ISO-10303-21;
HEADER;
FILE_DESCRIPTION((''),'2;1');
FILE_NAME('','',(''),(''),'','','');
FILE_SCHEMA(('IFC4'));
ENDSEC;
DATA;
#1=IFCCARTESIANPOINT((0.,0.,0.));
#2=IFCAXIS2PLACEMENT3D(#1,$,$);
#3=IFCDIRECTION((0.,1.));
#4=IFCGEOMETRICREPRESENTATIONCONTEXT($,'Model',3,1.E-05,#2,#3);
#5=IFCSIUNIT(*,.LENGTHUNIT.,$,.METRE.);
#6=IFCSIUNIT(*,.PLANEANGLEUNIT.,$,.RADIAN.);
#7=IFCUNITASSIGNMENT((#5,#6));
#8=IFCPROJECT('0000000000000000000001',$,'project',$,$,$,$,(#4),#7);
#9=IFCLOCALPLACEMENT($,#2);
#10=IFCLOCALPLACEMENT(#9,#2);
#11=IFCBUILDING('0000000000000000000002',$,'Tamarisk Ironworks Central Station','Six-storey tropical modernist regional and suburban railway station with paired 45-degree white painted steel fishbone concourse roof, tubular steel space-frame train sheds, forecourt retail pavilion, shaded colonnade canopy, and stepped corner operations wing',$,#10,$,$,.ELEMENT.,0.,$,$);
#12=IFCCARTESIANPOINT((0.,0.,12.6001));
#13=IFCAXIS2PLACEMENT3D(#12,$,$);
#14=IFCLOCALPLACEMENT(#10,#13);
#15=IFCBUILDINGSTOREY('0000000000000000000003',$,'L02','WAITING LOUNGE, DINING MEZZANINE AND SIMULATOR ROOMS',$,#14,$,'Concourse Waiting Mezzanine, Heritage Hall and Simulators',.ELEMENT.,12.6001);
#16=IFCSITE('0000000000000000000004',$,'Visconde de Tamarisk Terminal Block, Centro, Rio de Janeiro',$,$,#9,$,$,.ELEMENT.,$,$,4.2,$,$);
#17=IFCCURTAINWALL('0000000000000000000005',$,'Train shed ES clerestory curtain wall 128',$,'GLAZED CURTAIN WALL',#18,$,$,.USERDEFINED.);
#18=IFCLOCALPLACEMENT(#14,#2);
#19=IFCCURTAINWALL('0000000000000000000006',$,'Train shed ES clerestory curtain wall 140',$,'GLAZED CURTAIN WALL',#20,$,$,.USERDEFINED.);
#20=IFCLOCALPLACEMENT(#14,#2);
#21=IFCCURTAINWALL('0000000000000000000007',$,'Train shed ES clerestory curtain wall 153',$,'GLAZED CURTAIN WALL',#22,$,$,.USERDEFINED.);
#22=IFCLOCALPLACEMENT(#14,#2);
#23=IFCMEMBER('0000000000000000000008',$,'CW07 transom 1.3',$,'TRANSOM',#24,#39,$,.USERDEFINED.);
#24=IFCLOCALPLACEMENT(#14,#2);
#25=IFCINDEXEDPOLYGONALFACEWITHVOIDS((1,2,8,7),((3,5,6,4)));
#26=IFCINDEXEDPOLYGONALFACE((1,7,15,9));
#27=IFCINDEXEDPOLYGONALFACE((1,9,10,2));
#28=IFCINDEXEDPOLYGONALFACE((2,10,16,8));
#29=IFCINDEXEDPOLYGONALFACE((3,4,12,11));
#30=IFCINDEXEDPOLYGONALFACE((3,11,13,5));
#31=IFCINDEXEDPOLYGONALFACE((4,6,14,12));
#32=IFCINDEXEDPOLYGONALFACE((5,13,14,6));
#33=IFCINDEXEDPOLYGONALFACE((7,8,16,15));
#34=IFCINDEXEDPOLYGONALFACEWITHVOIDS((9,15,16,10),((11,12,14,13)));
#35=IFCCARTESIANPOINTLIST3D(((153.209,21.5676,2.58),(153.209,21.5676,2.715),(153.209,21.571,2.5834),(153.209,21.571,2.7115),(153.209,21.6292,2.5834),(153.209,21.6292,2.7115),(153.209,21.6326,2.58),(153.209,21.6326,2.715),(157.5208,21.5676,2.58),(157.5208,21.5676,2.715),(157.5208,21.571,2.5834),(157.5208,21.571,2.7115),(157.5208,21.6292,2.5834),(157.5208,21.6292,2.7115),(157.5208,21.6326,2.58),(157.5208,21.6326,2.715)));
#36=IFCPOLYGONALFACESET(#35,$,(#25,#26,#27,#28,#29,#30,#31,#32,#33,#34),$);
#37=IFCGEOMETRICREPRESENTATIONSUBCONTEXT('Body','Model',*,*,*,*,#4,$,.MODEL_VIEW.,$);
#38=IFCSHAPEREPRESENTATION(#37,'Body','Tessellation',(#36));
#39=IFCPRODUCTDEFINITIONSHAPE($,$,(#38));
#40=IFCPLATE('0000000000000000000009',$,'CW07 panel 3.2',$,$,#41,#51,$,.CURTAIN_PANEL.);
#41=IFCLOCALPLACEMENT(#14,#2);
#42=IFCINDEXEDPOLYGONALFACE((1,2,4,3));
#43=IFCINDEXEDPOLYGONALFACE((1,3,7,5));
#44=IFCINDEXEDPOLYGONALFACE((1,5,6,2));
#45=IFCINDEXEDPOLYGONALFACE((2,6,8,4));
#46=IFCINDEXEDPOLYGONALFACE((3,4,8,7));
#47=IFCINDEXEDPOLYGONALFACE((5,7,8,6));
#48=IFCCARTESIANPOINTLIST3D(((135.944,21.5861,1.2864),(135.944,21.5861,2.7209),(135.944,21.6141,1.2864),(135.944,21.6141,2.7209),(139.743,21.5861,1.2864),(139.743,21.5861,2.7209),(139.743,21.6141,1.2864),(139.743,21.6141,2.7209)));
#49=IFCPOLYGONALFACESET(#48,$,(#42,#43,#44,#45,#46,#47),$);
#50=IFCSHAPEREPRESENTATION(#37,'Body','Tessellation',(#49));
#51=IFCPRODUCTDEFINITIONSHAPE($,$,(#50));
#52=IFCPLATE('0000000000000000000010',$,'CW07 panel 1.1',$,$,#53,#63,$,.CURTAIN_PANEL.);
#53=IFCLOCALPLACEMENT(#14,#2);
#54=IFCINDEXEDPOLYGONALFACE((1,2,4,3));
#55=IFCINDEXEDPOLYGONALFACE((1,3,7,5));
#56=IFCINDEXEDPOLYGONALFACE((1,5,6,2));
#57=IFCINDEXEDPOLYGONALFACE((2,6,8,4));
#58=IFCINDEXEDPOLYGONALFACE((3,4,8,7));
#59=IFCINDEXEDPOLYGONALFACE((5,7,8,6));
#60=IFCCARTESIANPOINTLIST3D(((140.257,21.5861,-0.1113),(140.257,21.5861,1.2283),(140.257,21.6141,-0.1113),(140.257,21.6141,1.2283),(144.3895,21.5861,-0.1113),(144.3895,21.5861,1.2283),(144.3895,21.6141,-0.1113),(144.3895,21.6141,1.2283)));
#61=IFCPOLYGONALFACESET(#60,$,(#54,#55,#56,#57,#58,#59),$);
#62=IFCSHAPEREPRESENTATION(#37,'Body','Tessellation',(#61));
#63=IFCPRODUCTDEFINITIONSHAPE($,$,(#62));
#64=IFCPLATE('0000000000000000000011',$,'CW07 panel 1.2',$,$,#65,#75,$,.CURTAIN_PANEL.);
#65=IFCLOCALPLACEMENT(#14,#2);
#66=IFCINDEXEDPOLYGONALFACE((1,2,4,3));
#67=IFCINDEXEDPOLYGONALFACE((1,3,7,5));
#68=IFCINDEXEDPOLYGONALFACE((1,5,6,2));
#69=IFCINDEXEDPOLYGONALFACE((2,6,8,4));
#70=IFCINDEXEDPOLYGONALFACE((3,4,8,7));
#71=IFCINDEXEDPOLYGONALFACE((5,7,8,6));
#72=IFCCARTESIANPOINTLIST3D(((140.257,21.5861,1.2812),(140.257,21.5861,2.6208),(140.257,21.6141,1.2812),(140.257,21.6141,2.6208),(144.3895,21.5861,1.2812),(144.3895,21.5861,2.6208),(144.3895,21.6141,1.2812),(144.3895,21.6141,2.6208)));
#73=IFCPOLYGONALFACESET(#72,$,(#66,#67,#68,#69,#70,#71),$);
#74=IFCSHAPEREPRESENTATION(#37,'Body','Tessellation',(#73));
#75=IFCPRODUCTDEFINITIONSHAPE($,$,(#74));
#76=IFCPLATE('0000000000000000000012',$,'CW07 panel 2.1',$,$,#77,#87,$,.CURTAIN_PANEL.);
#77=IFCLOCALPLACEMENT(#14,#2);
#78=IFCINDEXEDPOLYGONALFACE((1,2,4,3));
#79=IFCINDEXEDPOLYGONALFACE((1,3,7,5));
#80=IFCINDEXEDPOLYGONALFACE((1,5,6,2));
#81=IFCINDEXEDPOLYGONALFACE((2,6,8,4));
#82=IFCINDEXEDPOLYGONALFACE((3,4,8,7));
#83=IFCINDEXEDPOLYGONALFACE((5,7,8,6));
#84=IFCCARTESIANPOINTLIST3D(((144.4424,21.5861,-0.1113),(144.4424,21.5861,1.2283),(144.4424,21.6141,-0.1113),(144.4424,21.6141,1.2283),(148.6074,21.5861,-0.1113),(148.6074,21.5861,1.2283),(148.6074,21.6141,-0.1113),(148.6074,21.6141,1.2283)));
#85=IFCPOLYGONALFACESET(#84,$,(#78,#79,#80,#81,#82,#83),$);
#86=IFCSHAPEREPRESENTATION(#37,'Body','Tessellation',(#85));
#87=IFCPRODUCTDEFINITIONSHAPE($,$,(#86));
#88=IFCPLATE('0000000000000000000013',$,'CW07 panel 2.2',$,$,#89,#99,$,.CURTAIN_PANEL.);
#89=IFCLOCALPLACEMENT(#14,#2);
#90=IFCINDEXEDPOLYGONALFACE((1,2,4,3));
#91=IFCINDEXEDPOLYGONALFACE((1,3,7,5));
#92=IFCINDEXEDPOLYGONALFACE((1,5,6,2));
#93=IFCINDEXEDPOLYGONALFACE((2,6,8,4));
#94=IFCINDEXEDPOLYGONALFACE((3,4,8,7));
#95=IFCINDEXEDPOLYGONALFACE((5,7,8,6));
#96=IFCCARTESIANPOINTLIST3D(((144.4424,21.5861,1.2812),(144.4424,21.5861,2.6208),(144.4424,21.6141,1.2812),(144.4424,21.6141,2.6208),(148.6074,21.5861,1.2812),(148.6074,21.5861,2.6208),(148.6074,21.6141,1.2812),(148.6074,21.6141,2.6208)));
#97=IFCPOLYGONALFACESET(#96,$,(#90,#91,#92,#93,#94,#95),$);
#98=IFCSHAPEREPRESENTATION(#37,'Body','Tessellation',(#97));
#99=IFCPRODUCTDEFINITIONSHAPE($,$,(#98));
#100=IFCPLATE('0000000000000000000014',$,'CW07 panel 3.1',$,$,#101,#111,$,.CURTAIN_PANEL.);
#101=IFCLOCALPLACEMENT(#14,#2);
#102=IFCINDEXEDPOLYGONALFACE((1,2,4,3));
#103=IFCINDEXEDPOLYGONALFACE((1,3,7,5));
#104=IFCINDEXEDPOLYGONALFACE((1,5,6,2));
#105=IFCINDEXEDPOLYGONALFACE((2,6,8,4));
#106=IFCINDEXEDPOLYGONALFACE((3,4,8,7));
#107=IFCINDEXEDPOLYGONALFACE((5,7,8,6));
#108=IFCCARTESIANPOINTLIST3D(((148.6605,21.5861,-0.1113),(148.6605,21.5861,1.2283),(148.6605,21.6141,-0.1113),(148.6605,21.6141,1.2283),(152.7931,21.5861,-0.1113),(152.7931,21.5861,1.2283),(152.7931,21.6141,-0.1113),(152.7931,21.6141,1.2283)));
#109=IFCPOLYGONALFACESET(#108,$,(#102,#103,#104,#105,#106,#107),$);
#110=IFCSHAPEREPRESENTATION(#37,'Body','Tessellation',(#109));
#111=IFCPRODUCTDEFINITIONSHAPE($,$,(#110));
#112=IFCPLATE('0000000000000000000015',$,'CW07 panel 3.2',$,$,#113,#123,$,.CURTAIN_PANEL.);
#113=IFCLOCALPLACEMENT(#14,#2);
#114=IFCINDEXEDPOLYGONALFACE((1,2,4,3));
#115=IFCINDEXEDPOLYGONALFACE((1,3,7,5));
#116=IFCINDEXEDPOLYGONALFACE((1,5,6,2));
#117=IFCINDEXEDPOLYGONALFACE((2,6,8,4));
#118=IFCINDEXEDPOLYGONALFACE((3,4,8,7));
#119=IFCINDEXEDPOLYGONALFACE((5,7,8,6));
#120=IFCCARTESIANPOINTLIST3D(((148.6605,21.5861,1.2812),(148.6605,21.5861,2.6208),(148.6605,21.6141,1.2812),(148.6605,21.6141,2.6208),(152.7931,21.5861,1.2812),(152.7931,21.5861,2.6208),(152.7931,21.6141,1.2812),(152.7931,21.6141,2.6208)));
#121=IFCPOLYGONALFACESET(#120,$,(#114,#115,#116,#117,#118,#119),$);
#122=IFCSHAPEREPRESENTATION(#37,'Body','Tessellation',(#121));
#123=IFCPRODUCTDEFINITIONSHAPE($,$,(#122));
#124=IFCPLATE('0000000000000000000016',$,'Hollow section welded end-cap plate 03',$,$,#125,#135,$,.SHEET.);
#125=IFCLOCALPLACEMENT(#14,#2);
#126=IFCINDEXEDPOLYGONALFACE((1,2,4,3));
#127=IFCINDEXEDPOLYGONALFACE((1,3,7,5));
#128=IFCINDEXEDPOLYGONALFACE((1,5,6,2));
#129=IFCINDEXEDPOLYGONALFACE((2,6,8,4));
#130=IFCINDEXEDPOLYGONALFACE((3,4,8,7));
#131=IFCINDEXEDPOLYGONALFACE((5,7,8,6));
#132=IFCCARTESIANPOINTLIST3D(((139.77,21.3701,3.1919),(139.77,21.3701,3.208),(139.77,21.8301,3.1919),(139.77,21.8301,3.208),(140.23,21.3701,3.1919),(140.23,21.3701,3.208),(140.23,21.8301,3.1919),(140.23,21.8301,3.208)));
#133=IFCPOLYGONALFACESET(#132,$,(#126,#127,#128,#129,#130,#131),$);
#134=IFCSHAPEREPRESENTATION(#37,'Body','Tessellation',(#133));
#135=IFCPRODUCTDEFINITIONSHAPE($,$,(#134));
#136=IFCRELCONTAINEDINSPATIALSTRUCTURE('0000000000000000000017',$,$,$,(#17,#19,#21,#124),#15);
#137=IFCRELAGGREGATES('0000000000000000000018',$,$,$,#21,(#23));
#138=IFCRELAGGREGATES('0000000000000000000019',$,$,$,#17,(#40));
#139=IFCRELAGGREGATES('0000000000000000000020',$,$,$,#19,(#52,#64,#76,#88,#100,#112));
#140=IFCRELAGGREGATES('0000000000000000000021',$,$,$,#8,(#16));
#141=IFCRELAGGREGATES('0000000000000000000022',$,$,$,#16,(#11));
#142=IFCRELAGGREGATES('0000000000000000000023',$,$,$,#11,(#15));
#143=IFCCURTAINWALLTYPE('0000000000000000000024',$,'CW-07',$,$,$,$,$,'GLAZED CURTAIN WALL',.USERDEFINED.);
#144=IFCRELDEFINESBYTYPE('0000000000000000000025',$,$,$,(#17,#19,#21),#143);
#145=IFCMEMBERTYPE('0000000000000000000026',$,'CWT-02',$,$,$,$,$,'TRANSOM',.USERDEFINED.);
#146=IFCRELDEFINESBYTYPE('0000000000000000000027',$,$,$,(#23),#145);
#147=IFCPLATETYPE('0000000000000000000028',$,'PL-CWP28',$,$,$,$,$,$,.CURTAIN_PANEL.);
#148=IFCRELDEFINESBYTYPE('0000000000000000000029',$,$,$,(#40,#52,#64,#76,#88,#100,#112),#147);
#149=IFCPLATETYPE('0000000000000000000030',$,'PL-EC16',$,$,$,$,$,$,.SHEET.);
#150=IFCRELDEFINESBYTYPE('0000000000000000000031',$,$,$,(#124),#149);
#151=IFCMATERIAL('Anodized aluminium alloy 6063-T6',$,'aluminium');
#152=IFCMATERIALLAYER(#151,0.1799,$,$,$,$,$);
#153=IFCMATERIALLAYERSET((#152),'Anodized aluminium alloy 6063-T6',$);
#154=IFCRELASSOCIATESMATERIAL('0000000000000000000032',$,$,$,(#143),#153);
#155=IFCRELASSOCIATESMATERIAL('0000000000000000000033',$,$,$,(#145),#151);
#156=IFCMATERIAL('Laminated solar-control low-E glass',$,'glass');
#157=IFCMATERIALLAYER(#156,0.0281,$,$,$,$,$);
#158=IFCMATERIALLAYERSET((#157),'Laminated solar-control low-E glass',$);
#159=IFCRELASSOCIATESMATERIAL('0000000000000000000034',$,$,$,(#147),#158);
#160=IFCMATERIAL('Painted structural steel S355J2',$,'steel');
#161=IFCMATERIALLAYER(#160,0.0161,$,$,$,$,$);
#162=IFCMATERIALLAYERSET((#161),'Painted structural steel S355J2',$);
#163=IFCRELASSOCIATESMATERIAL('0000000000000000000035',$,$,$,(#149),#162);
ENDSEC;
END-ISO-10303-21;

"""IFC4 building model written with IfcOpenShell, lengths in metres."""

from ifc_helpers import new_model, si_unit, direction, frame, origin, origin_2d, place, context, subcontext, project, spatial, rectangle, hollow_rectangle, extrude, material, layer, layer_set, material_profile, profile_set, type_object, element, aggregate, save


model = new_model("IFC4")

# Units and contexts
model_context = context("Model", 3, precision=1e-05, world=origin(), true_north=direction((0.0, 1.0)))
body_context = subcontext(model_context, "Body", "Model", "MODEL_VIEW")
ifc_project = project(units=[si_unit("LENGTHUNIT", "METRE"), si_unit("PLANEANGLEUNIT", "RADIAN")], contexts=[model_context])

# Site, building, storey
site_placement = place(None, origin())
site = spatial("IfcSite", under=ifc_project, at=site_placement, Name="Visconde de Tamarisk Terminal Block, Centro, Rio de Janeiro", CompositionType="ELEMENT", RefElevation=4.2)
building_placement = place(site_placement, origin())
building = spatial("IfcBuilding", under=site, at=building_placement, Name="Tamarisk Ironworks Central Station", Description="Six-storey tropical modernist regional and suburban railway station with paired 45-degree white painted steel fishbone concourse roof, tubular steel space-frame train sheds, forecourt retail pavilion, shaded colonnade canopy, and stepped corner operations wing", CompositionType="ELEMENT", ElevationOfRefHeight=0.0)
storey_placement = place(building_placement, frame((0.0, 0.0, 12.6001)))
storey = spatial("IfcBuildingStorey", under=building, at=storey_placement, Name="L02", Description="WAITING LOUNGE, DINING MEZZANINE AND SIMULATOR ROOMS", LongName="Concourse Waiting Mezzanine, Heritage Hall and Simulators", CompositionType="ELEMENT", Elevation=12.6001)

# Curtain wall
ifc_material_1 = material(Name="Anodized aluminium alloy 6063-T6", Category="aluminium")
ifc_layer_1 = layer(ifc_material_1, 0.1799)
ifc_layer_set_1 = layer_set([ifc_layer_1], Name="Anodized aluminium alloy 6063-T6")
curtain_wall_type = type_object("IfcCurtainWallType", Name="CW-07", ElementType="GLAZED CURTAIN WALL", PredefinedType="USERDEFINED", material=ifc_layer_set_1)
curtain_wall_1_placement = place(storey_placement, origin())
curtain_wall_1 = element("IfcCurtainWall", 1, at=curtain_wall_1_placement, inside=storey, type_object=curtain_wall_type, Name="Train shed ES clerestory curtain wall 128", ObjectType="GLAZED CURTAIN WALL", PredefinedType="USERDEFINED")

# Curtain wall
curtain_wall_2_placement = place(storey_placement, origin())
curtain_wall_2 = element("IfcCurtainWall", 2, at=curtain_wall_2_placement, inside=storey, type_object=curtain_wall_type, Name="Train shed ES clerestory curtain wall 140", ObjectType="GLAZED CURTAIN WALL", PredefinedType="USERDEFINED")

# Curtain wall
curtain_wall_3_placement = place(storey_placement, origin())
curtain_wall_3 = element("IfcCurtainWall", 3, at=curtain_wall_3_placement, inside=storey, type_object=curtain_wall_type, Name="Train shed ES clerestory curtain wall 153", ObjectType="GLAZED CURTAIN WALL", PredefinedType="USERDEFINED")

# Member
ifc_material_profile_1 = material_profile(ifc_material_1, hollow_rectangle(XDim=0.0649, YDim=0.135, WallThickness=0.0034, at=origin_2d()), Name="ALUM 135x65")
ifc_profile_set_1 = profile_set([ifc_material_profile_1], Name="Anodized aluminium alloy 6063-T6")
member_type_1 = type_object("IfcMemberType", Name="CWT-02", ElementType="TRANSOM", PredefinedType="USERDEFINED", material=ifc_profile_set_1)
member_1_placement = place(storey_placement, frame((153.209, 21.6001, 2.6475), z_axis=(1.0, 0.0, 0.0), x_axis=(0.0, 1.0, 0.0)))
member_1 = element("IfcMember", 4, at=member_1_placement, type_object=member_type_1, Name="CW07 transom 1.3", ObjectType="TRANSOM", PredefinedType="USERDEFINED", context=body_context, shape_type="SweptSolid", body=[
    extrude(hollow_rectangle(XDim=0.0649, YDim=0.135, WallThickness=0.0034, at=origin_2d()), origin(), (0.0, 0.0, 1.0), 4.3118),
])
aggregate(curtain_wall_3, [member_1])

# Plates
ifc_material_2 = material(Name="Laminated solar-control low-E glass", Category="glass")
ifc_layer_2 = layer(ifc_material_2, 0.0281)
ifc_layer_set_2 = layer_set([ifc_layer_2], Name="Laminated solar-control low-E glass")
plate_type_1 = type_object("IfcPlateType", Name="PL-CWP28", PredefinedType="CURTAIN_PANEL", material=ifc_layer_set_2)
plate_1_placement = place(storey_placement, frame((137.8435, 21.6001, 1.2864), z_axis=(0.0, 0.0, 1.0), x_axis=(1.0, 0.0, 0.0)))
plate_1 = element("IfcPlate", 5, at=plate_1_placement, type_object=plate_type_1, Name="CW07 panel 3.2", PredefinedType="CURTAIN_PANEL", context=body_context, shape_type="SweptSolid", body=[
    extrude(rectangle(XDim=3.7991, YDim=0.0281, at=origin_2d()), origin(), (0.0, 0.0, 1.0), 1.4346),
])
aggregate(curtain_wall_1, [plate_1])
plate_2_placement = place(storey_placement, frame((142.3232, 21.6001, -0.1113), z_axis=(0.0, 0.0, 1.0), x_axis=(1.0, 0.0, 0.0)))
plate_2 = element("IfcPlate", 6, at=plate_2_placement, type_object=plate_type_1, Name="CW07 panel 1.1", PredefinedType="CURTAIN_PANEL", context=body_context, shape_type="SweptSolid", body=[
    extrude(rectangle(XDim=4.1326, YDim=0.0281, at=origin_2d()), origin(), (0.0, 0.0, 1.0), 1.3396),
])
plate_3_placement = place(storey_placement, frame((142.3232, 21.6001, 1.2812), z_axis=(0.0, 0.0, 1.0), x_axis=(1.0, 0.0, 0.0)))
plate_3 = element("IfcPlate", 7, at=plate_3_placement, type_object=plate_type_1, Name="CW07 panel 1.2", PredefinedType="CURTAIN_PANEL", context=body_context, shape_type="SweptSolid", body=[
    extrude(rectangle(XDim=4.1326, YDim=0.0281, at=origin_2d()), origin(), (0.0, 0.0, 1.0), 1.3396),
])
plate_4_placement = place(storey_placement, frame((146.5249, 21.6001, -0.1113), z_axis=(0.0, 0.0, 1.0), x_axis=(1.0, 0.0, 0.0)))
plate_4 = element("IfcPlate", 8, at=plate_4_placement, type_object=plate_type_1, Name="CW07 panel 2.1", PredefinedType="CURTAIN_PANEL", context=body_context, shape_type="SweptSolid", body=[
    extrude(rectangle(XDim=4.165, YDim=0.0281, at=origin_2d()), origin(), (0.0, 0.0, 1.0), 1.3396),
])
plate_5_placement = place(storey_placement, frame((146.5249, 21.6001, 1.2812), z_axis=(0.0, 0.0, 1.0), x_axis=(1.0, 0.0, 0.0)))
plate_5 = element("IfcPlate", 9, at=plate_5_placement, type_object=plate_type_1, Name="CW07 panel 2.2", PredefinedType="CURTAIN_PANEL", context=body_context, shape_type="SweptSolid", body=[
    extrude(rectangle(XDim=4.165, YDim=0.0281, at=origin_2d()), origin(), (0.0, 0.0, 1.0), 1.3396),
])
plate_6_placement = place(storey_placement, frame((150.7268, 21.6001, -0.1113), z_axis=(0.0, 0.0, 1.0), x_axis=(1.0, 0.0, 0.0)))
plate_6 = element("IfcPlate", 10, at=plate_6_placement, type_object=plate_type_1, Name="CW07 panel 3.1", PredefinedType="CURTAIN_PANEL", context=body_context, shape_type="SweptSolid", body=[
    extrude(rectangle(XDim=4.1326, YDim=0.0281, at=origin_2d()), origin(), (0.0, 0.0, 1.0), 1.3396),
])
plate_7_placement = place(storey_placement, frame((150.7268, 21.6001, 1.2812), z_axis=(0.0, 0.0, 1.0), x_axis=(1.0, 0.0, 0.0)))
plate_7 = element("IfcPlate", 11, at=plate_7_placement, type_object=plate_type_1, Name="CW07 panel 3.2", PredefinedType="CURTAIN_PANEL", context=body_context, shape_type="SweptSolid", body=[
    extrude(rectangle(XDim=4.1326, YDim=0.0281, at=origin_2d()), origin(), (0.0, 0.0, 1.0), 1.3396),
])
aggregate(curtain_wall_2, [plate_2, plate_3, plate_4, plate_5, plate_6, plate_7])
ifc_material_3 = material(Name="Painted structural steel S355J2", Category="steel")
ifc_layer_3 = layer(ifc_material_3, 0.0161)
ifc_layer_set_3 = layer_set([ifc_layer_3], Name="Painted structural steel S355J2")
plate_type_2 = type_object("IfcPlateType", Name="PL-EC16", PredefinedType="SHEET", material=ifc_layer_set_3)
plate_8_placement = place(storey_placement, frame((140.0, 21.6001, 3.1919), z_axis=(0.0, 0.0, 1.0), x_axis=(1.0, 0.0, 0.0)))
element("IfcPlate", 12, at=plate_8_placement, inside=storey, type_object=plate_type_2, Name="Hollow section welded end-cap plate 03", PredefinedType="SHEET", context=body_context, shape_type="SweptSolid", body=[
    extrude(rectangle(XDim=0.46, YDim=0.46, at=origin_2d()), origin(), (0.0, 0.0, 1.0), 0.0161),
])

save(model, "model.ifc")
